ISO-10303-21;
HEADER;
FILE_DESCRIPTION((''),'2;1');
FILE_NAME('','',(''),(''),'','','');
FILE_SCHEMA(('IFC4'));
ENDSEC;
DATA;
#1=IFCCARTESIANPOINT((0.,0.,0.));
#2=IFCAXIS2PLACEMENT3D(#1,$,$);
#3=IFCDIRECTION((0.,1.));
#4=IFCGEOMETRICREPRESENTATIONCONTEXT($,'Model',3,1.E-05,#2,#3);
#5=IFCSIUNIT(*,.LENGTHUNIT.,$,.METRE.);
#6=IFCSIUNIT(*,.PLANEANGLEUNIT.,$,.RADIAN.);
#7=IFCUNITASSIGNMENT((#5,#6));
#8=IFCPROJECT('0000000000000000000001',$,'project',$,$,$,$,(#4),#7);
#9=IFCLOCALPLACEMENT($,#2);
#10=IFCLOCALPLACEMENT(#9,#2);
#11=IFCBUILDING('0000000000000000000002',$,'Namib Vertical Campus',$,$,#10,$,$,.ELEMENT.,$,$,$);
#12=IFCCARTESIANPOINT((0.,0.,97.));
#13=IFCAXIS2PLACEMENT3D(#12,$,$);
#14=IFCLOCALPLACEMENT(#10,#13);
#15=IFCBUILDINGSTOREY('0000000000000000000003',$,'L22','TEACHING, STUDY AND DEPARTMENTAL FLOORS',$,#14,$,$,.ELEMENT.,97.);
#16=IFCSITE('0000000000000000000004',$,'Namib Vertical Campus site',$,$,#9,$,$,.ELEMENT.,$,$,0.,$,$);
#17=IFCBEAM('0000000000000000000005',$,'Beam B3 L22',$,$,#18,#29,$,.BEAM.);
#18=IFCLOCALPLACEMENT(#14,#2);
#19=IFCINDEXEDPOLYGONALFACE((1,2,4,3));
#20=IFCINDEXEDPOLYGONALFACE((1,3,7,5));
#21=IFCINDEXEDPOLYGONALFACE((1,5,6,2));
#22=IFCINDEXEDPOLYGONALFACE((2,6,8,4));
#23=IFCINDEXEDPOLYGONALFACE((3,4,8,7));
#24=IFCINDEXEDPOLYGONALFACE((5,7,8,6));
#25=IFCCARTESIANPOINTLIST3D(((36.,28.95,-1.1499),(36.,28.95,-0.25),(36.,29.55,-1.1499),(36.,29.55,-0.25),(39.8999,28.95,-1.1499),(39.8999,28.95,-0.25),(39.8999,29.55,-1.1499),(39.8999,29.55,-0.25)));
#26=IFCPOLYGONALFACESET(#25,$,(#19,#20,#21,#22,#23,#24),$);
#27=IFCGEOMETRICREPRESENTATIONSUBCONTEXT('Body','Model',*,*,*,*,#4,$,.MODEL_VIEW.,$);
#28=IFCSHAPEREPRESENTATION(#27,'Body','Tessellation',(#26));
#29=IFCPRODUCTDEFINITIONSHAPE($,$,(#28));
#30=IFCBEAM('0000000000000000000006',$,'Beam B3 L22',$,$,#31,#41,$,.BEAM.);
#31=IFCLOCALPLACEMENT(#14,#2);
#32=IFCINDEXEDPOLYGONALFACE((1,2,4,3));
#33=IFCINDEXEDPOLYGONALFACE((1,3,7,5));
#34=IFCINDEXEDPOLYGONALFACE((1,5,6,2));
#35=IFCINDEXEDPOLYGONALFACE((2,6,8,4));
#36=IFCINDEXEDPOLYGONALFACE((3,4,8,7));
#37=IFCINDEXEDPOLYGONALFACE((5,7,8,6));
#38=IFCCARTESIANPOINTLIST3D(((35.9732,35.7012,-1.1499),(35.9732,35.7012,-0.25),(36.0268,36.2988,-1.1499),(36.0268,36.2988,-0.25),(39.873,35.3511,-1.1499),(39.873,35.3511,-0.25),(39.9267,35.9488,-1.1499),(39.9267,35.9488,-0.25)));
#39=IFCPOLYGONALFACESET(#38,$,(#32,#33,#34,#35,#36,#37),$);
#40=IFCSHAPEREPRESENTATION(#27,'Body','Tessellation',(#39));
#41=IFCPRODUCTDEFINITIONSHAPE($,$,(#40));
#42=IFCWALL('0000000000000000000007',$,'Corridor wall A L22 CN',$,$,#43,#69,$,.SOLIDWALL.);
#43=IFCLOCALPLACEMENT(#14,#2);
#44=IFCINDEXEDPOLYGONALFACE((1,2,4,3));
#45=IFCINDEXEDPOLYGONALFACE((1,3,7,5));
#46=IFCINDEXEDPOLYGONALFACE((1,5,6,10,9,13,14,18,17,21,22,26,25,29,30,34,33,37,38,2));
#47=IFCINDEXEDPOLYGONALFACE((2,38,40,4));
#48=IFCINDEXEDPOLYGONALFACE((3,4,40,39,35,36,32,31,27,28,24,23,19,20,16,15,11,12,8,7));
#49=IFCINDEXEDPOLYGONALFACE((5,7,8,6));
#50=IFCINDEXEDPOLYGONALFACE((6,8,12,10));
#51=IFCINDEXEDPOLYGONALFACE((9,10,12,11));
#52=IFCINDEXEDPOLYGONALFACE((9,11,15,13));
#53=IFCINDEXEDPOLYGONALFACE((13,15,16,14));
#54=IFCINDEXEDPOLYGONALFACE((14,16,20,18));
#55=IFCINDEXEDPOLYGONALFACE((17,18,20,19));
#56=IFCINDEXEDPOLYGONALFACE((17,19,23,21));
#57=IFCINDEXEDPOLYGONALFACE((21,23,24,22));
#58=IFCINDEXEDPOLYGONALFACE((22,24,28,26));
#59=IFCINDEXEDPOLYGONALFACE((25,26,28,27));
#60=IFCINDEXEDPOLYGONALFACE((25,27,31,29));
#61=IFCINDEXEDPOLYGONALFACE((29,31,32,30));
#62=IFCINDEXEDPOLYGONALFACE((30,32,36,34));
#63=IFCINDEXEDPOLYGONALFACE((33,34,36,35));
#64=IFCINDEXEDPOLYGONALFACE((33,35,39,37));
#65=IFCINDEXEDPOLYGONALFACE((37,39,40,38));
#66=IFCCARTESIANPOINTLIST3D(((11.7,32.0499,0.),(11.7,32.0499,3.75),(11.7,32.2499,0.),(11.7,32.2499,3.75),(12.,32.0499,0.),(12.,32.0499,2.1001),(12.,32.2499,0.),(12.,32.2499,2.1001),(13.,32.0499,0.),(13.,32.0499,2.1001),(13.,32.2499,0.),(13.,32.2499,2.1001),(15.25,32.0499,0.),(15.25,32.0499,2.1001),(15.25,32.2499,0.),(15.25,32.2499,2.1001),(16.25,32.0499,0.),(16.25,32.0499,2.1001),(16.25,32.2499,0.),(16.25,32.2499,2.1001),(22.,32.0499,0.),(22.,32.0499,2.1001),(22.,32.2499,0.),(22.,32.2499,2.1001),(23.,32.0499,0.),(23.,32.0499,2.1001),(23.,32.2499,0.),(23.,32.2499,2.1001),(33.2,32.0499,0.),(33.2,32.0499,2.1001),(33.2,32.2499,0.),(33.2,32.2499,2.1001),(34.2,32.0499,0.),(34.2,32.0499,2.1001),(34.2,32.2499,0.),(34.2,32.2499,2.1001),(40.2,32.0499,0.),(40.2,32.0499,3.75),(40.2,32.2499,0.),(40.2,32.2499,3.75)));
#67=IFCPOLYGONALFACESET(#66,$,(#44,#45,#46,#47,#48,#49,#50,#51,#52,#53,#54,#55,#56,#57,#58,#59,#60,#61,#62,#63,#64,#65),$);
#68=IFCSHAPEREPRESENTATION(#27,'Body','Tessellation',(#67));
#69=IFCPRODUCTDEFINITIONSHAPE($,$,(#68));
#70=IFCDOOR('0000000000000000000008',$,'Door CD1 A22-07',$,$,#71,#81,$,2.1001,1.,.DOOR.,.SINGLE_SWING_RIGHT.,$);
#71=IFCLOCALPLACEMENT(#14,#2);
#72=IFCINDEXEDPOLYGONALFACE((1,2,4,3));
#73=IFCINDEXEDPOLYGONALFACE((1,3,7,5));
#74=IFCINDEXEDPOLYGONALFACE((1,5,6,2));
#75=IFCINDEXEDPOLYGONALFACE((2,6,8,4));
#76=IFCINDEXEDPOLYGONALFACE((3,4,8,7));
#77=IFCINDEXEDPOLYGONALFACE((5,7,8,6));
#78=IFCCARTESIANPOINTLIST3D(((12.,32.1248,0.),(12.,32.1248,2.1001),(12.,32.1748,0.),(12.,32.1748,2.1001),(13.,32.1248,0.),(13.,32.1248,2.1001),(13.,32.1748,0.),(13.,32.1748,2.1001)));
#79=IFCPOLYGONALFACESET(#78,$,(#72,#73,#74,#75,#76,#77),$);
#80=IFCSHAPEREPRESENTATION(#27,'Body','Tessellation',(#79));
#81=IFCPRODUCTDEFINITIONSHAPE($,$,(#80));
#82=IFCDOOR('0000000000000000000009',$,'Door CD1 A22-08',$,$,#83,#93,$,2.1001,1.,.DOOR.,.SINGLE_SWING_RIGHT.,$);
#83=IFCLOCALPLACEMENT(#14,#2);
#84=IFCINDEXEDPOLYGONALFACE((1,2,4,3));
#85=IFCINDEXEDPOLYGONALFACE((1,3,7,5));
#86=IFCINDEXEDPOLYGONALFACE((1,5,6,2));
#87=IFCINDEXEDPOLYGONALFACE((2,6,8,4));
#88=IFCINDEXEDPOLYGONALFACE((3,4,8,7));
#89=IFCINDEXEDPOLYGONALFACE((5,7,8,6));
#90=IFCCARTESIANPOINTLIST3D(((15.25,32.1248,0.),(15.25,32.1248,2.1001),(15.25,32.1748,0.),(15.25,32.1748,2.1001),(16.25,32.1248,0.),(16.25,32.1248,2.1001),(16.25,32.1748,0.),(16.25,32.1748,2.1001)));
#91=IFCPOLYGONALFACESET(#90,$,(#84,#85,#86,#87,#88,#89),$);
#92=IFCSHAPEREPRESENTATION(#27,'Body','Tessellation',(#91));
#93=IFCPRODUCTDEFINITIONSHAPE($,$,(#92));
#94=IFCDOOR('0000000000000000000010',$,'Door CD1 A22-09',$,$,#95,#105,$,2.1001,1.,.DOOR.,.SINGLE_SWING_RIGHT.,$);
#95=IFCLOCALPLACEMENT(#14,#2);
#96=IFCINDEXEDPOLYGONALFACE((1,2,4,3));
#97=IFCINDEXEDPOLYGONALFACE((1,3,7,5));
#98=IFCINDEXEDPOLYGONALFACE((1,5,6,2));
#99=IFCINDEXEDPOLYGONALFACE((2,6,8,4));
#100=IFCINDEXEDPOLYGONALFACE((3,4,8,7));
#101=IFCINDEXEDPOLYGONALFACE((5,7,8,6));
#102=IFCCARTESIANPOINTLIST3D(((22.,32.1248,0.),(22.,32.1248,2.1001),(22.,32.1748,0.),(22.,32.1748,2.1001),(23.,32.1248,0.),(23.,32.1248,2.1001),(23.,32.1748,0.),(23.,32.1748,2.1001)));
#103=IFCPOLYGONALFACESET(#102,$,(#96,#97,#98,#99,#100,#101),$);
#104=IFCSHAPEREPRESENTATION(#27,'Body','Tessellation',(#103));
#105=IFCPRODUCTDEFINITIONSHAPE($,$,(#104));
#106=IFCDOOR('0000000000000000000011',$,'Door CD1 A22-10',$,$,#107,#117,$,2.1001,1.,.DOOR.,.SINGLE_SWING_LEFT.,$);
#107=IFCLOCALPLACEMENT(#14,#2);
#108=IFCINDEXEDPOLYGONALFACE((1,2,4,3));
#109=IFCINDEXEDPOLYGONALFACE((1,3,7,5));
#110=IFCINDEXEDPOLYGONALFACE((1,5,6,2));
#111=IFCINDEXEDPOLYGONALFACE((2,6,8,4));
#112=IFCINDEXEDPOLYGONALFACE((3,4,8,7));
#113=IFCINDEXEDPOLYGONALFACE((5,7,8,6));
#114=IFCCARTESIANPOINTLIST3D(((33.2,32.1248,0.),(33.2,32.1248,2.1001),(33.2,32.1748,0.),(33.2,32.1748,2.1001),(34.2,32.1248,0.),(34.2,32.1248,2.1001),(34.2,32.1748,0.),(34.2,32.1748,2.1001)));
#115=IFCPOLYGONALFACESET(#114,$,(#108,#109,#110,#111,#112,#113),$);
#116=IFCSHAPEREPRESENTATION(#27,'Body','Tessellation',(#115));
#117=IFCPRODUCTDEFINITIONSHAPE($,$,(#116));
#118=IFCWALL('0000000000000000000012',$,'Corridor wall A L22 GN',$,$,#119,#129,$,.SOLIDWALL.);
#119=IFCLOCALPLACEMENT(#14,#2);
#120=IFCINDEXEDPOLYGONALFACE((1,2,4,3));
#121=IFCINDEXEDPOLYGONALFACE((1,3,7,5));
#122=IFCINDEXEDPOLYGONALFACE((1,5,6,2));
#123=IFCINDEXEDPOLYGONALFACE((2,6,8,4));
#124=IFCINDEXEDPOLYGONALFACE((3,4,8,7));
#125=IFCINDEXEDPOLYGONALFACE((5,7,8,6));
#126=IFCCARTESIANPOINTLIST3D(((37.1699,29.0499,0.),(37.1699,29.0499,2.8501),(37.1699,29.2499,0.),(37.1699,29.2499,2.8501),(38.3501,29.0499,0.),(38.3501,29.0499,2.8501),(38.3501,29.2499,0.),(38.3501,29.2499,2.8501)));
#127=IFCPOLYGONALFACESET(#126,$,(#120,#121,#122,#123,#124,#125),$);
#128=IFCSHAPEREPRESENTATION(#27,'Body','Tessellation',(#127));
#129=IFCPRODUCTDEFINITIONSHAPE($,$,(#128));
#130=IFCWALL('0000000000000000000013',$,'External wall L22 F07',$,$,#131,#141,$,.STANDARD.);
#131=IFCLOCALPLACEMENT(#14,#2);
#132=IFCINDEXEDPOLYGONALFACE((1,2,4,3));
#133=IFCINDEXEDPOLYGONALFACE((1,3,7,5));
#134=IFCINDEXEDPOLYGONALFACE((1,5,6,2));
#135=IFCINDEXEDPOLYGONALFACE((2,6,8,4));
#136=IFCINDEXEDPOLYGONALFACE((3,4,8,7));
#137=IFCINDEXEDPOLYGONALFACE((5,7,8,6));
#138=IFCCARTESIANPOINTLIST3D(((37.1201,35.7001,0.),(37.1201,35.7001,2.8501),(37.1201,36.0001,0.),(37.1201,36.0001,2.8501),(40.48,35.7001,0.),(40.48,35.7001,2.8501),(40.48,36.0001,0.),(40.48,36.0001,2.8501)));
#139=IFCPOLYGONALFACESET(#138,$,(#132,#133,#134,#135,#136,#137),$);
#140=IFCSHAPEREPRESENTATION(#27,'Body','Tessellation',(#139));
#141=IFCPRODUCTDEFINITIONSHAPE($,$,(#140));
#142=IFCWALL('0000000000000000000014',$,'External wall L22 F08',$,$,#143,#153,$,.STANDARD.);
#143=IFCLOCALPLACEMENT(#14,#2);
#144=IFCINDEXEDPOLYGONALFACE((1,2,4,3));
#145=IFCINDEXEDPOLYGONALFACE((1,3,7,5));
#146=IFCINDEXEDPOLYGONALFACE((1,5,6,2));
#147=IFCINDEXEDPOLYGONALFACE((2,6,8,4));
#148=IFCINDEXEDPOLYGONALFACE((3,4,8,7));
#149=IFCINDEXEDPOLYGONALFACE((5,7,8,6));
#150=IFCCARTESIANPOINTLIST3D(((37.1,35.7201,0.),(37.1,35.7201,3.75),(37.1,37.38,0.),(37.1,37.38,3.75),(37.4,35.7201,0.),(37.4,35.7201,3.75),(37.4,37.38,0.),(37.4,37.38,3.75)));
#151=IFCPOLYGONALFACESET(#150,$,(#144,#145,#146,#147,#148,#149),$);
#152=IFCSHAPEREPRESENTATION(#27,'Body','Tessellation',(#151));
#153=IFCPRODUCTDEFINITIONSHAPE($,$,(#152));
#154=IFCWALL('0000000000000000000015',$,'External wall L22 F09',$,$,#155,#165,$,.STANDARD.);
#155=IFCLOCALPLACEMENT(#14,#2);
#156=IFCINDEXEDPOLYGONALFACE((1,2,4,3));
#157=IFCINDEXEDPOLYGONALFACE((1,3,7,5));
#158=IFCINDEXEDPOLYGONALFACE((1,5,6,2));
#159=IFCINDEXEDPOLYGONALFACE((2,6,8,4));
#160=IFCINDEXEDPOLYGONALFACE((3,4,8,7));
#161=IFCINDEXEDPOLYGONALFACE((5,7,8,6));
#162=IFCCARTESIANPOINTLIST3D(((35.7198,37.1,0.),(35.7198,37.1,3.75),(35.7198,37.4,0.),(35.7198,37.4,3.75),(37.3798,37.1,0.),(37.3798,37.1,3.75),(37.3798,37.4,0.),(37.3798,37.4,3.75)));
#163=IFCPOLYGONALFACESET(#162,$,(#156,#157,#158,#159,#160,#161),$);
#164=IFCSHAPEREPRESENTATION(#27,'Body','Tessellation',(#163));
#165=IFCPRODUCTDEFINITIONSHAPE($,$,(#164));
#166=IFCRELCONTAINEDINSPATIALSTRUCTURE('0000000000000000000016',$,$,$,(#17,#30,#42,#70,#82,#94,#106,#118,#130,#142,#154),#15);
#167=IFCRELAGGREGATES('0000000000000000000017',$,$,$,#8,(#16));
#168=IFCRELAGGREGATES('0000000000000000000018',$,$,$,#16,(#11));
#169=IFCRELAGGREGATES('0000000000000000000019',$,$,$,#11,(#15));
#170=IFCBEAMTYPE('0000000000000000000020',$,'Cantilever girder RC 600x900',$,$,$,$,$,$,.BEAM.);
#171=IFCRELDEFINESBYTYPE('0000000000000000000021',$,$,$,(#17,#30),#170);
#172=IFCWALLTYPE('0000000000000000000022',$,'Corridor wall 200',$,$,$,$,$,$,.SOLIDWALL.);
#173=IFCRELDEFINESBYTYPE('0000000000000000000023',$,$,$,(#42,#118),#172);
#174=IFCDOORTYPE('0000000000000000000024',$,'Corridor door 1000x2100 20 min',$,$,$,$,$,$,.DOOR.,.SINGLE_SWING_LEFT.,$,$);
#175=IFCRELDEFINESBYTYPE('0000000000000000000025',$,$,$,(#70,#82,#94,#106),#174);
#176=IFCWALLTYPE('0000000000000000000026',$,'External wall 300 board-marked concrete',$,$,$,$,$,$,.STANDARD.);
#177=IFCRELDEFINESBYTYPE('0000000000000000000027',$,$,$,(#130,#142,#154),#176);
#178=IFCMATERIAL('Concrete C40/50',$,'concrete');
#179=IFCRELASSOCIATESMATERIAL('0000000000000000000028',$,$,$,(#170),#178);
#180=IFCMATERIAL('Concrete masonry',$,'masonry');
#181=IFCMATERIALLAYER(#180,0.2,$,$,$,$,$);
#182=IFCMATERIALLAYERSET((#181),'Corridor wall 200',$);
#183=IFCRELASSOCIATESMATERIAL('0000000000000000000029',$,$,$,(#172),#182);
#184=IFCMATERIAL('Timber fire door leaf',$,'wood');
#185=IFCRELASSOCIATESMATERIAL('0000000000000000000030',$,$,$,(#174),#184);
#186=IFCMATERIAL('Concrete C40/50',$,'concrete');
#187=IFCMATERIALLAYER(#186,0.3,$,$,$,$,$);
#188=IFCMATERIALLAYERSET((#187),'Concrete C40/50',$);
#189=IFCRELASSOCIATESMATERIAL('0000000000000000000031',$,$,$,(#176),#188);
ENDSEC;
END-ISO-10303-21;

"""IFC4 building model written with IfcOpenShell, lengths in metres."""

from ifc_helpers import new_model, si_unit, direction, frame, frame_2d, origin, origin_2d, place, context, subcontext, project, spatial, rectangle, extrude, material, layer, layer_set, material_profile, profile_set, type_object, element, fill, save


model = new_model("IFC4")

# Units and contexts
model_context = context("Model", 3, precision=1e-05, world=origin(), true_north=direction((0.0, 1.0)))
body_context = subcontext(model_context, "Body", "Model", "MODEL_VIEW")
ifc_project = project(units=[si_unit("LENGTHUNIT", "METRE"), si_unit("PLANEANGLEUNIT", "RADIAN")], contexts=[model_context])

# Site, building, storey
site_placement = place(None, origin())
site = spatial("IfcSite", under=ifc_project, at=site_placement, Name="Namib Vertical Campus site", CompositionType="ELEMENT", RefElevation=0.0)
building_placement = place(site_placement, origin())
building = spatial("IfcBuilding", under=site, at=building_placement, Name="Namib Vertical Campus", CompositionType="ELEMENT")
storey_placement = place(building_placement, frame((0.0, 0.0, 97.0)))
storey = spatial("IfcBuildingStorey", under=building, at=storey_placement, Name="L22", Description="TEACHING, STUDY AND DEPARTMENTAL FLOORS", CompositionType="ELEMENT", Elevation=97.0)

# Beams
ifc_material_1 = material(Name="Concrete C40/50", Category="concrete")
ifc_material_profile = material_profile(ifc_material_1, rectangle(XDim=0.6001, YDim=0.8999, at=origin_2d()))
ifc_profile_set = profile_set([ifc_material_profile], Name="Concrete C40/50")
beam_type = type_object("IfcBeamType", Name="Cantilever girder RC 600x900", PredefinedType="BEAM", material=ifc_profile_set)
beam_1_placement = place(storey_placement, frame((36.0, 29.25, -0.7), z_axis=(1.0, 0.0, 0.0), x_axis=(0.0, 1.0, 0.0)))
element("IfcBeam", 1, at=beam_1_placement, inside=storey, type_object=beam_type, Name="Beam B3 L22", PredefinedType="BEAM", context=body_context, shape_type="SweptSolid", body=[
    extrude(rectangle(XDim=0.6001, YDim=0.8999, at=origin_2d()), origin(), (0.0, 0.0, 1.0), 3.8999),
])
beam_2_placement = place(storey_placement, frame((36.0, 36.0, -0.7), z_axis=(0.995995, -0.089411, 0.0), x_axis=(0.089411, 0.995995, 0.0)))
element("IfcBeam", 2, at=beam_2_placement, inside=storey, type_object=beam_type, Name="Beam B3 L22", PredefinedType="BEAM", context=body_context, shape_type="SweptSolid", body=[
    extrude(rectangle(XDim=0.6001, YDim=0.8999, at=origin_2d()), origin(), (0.0, 0.0, 1.0), 3.9155),
])

# Wall, openings, doors
ifc_material_2 = material(Name="Concrete masonry", Category="masonry")
ifc_layer_1 = layer(ifc_material_2, 0.2)
ifc_layer_set_1 = layer_set([ifc_layer_1], Name="Corridor wall 200")
wall_type_1 = type_object("IfcWallType", Name="Corridor wall 200", PredefinedType="SOLIDWALL", material=ifc_layer_set_1)
wall_1_placement = place(storey_placement, frame((40.2, 32.1499, 0.0), z_axis=(0.0, 0.0, 1.0), x_axis=(-1.0, 0.0, 0.0)))
wall_1 = element("IfcWall", 3, at=wall_1_placement, inside=storey, type_object=wall_type_1, Name="Corridor wall A L22 CN", PredefinedType="SOLIDWALL", context=body_context, shape_type="SweptSolid", body=[
    extrude(rectangle(XDim=28.5, YDim=0.2, at=frame_2d((14.25, 0.0))), origin(), (0.0, 0.0, 1.0), 3.75),
])
opening_1_placement = place(wall_1_placement, frame((27.2, 0.0, 0.0)))
opening_1 = element("IfcOpeningElement", 4, at=opening_1_placement, cuts=wall_1, PredefinedType="OPENING", context=body_context, shape_type="SweptSolid", body=[
    extrude(rectangle(XDim=1.0, YDim=2.1001, at=frame_2d((0.5, 1.05))), frame((0.0, 0.1099, 0.0), z_axis=(0.0, -1.0, 0.0), x_axis=(1.0, 0.0, 0.0)), (0.0, 0.0, 1.0), 0.22),
])
opening_2_placement = place(wall_1_placement, frame((23.95, 0.0, 0.0)))
opening_2 = element("IfcOpeningElement", 5, at=opening_2_placement, cuts=wall_1, PredefinedType="OPENING", context=body_context, shape_type="SweptSolid", body=[
    extrude(rectangle(XDim=1.0, YDim=2.1001, at=frame_2d((0.5, 1.05))), frame((0.0, 0.1099, 0.0), z_axis=(0.0, -1.0, 0.0), x_axis=(1.0, 0.0, 0.0)), (0.0, 0.0, 1.0), 0.22),
])
opening_3_placement = place(wall_1_placement, frame((17.2, 0.0, 0.0)))
opening_3 = element("IfcOpeningElement", 6, at=opening_3_placement, cuts=wall_1, PredefinedType="OPENING", context=body_context, shape_type="SweptSolid", body=[
    extrude(rectangle(XDim=1.0, YDim=2.1001, at=frame_2d((0.5, 1.05))), frame((0.0, 0.1099, 0.0), z_axis=(0.0, -1.0, 0.0), x_axis=(1.0, 0.0, 0.0)), (0.0, 0.0, 1.0), 0.22),
])
opening_4_placement = place(wall_1_placement, frame((6.0, 0.0, 0.0)))
opening_4 = element("IfcOpeningElement", 7, at=opening_4_placement, cuts=wall_1, PredefinedType="OPENING", context=body_context, shape_type="SweptSolid", body=[
    extrude(rectangle(XDim=1.0, YDim=2.1001, at=frame_2d((0.5, 1.05))), frame((0.0, 0.1099, 0.0), z_axis=(0.0, -1.0, 0.0), x_axis=(1.0, 0.0, 0.0)), (0.0, 0.0, 1.0), 0.22),
])
ifc_material_3 = material(Name="Timber fire door leaf", Category="wood")
door_type = type_object("IfcDoorType", Name="Corridor door 1000x2100 20 min", OperationType="SINGLE_SWING_LEFT", PredefinedType="DOOR", material=ifc_material_3)
door_1_placement = place(opening_1_placement, frame((1.0, 0.0, 0.0), z_axis=(0.0, 0.0, 1.0), x_axis=(-1.0, 0.0, 0.0)))
door_1 = element("IfcDoor", 8, at=door_1_placement, inside=storey, type_object=door_type, Name="Door CD1 A22-07", OperationType="SINGLE_SWING_RIGHT", OverallHeight=2.1001, OverallWidth=1.0, PredefinedType="DOOR", context=body_context, shape_type="SweptSolid", body=[
    extrude(rectangle(XDim=1.0, YDim=2.1001, at=frame_2d((0.5, 1.05))), frame((0.0, 0.0249, 0.0), z_axis=(0.0, -1.0, 0.0), x_axis=(1.0, 0.0, 0.0)), (0.0, 0.0, 1.0), 0.05),
])
fill(opening_1, door_1)
door_2_placement = place(opening_2_placement, frame((1.0, 0.0, 0.0), z_axis=(0.0, 0.0, 1.0), x_axis=(-1.0, 0.0, 0.0)))
door_2 = element("IfcDoor", 9, at=door_2_placement, inside=storey, type_object=door_type, Name="Door CD1 A22-08", OperationType="SINGLE_SWING_RIGHT", OverallHeight=2.1001, OverallWidth=1.0, PredefinedType="DOOR", context=body_context, shape_type="SweptSolid", body=[
    extrude(rectangle(XDim=1.0, YDim=2.1001, at=frame_2d((0.5, 1.05))), frame((0.0, 0.0249, 0.0), z_axis=(0.0, -1.0, 0.0), x_axis=(1.0, 0.0, 0.0)), (0.0, 0.0, 1.0), 0.05),
])
fill(opening_2, door_2)
door_3_placement = place(opening_3_placement, frame((1.0, 0.0, 0.0), z_axis=(0.0, 0.0, 1.0), x_axis=(-1.0, 0.0, 0.0)))
door_3 = element("IfcDoor", 10, at=door_3_placement, inside=storey, type_object=door_type, Name="Door CD1 A22-09", OperationType="SINGLE_SWING_RIGHT", OverallHeight=2.1001, OverallWidth=1.0, PredefinedType="DOOR", context=body_context, shape_type="SweptSolid", body=[
    extrude(rectangle(XDim=1.0, YDim=2.1001, at=frame_2d((0.5, 1.05))), frame((0.0, 0.0249, 0.0), z_axis=(0.0, -1.0, 0.0), x_axis=(1.0, 0.0, 0.0)), (0.0, 0.0, 1.0), 0.05),
])
fill(opening_3, door_3)
door_4_placement = place(opening_4_placement, frame((1.0, 0.0, 0.0), z_axis=(0.0, 0.0, 1.0), x_axis=(-1.0, 0.0, 0.0)))
door_4 = element("IfcDoor", 11, at=door_4_placement, inside=storey, type_object=door_type, Name="Door CD1 A22-10", OperationType="SINGLE_SWING_LEFT", OverallHeight=2.1001, OverallWidth=1.0, PredefinedType="DOOR", context=body_context, shape_type="SweptSolid", body=[
    extrude(rectangle(XDim=1.0, YDim=2.1001, at=frame_2d((0.5, 1.05))), frame((0.0, 0.0249, 0.0), z_axis=(0.0, -1.0, 0.0), x_axis=(1.0, 0.0, 0.0)), (0.0, 0.0, 1.0), 0.05),
])
fill(opening_4, door_4)

# Walls
wall_2_placement = place(storey_placement, frame((37.1699, 29.1499, 0.0), z_axis=(0.0, 0.0, 1.0), x_axis=(1.0, 0.0, 0.0)))
element("IfcWall", 12, at=wall_2_placement, inside=storey, type_object=wall_type_1, Name="Corridor wall A L22 GN", PredefinedType="SOLIDWALL", context=body_context, shape_type="SweptSolid", body=[
    extrude(rectangle(XDim=1.1802, YDim=0.2, at=frame_2d((0.5901, 0.0))), origin(), (0.0, 0.0, 1.0), 2.8501),
])
ifc_material_4 = material(Name="Concrete C40/50", Category="concrete")
ifc_layer_2 = layer(ifc_material_4, 0.3)
ifc_layer_set_2 = layer_set([ifc_layer_2], Name="Concrete C40/50")
wall_type_2 = type_object("IfcWallType", Name="External wall 300 board-marked concrete", PredefinedType="STANDARD", material=ifc_layer_set_2)
wall_3_placement = place(storey_placement, frame((40.48, 35.8501, 0.0), z_axis=(0.0, 0.0, 1.0), x_axis=(-1.0, 0.0, 0.0)))
element("IfcWall", 13, at=wall_3_placement, inside=storey, type_object=wall_type_2, Name="External wall L22 F07", PredefinedType="STANDARD", context=body_context, shape_type="SweptSolid", body=[
    extrude(rectangle(XDim=3.3599, YDim=0.3, at=frame_2d((1.6799, 0.0))), origin(), (0.0, 0.0, 1.0), 2.8501),
])
for number, where, z_axis, x_axis, name in (
    (14, (37.25, 35.72, 0.0), (0.0, 0.0, 1.0), (0.0, 1.0, 0.0), "External wall L22 F08"),
    (15, (37.3799, 37.25, 0.0), (0.0, 0.0, 1.0), (-1.0, 0.0, 0.0), "External wall L22 F09"),
):
    element("IfcWall", number, at=place(storey_placement, frame(where, z_axis=z_axis, x_axis=x_axis)), inside=storey, type_object=wall_type_2, Name=name, PredefinedType="STANDARD", context=body_context, shape_type="SweptSolid", body=[
        extrude(rectangle(XDim=1.6599, YDim=0.3, at=frame_2d((0.8301, 0.0))), origin(), (0.0, 0.0, 1.0), 3.75),
    ])

save(model, "model.ifc")
